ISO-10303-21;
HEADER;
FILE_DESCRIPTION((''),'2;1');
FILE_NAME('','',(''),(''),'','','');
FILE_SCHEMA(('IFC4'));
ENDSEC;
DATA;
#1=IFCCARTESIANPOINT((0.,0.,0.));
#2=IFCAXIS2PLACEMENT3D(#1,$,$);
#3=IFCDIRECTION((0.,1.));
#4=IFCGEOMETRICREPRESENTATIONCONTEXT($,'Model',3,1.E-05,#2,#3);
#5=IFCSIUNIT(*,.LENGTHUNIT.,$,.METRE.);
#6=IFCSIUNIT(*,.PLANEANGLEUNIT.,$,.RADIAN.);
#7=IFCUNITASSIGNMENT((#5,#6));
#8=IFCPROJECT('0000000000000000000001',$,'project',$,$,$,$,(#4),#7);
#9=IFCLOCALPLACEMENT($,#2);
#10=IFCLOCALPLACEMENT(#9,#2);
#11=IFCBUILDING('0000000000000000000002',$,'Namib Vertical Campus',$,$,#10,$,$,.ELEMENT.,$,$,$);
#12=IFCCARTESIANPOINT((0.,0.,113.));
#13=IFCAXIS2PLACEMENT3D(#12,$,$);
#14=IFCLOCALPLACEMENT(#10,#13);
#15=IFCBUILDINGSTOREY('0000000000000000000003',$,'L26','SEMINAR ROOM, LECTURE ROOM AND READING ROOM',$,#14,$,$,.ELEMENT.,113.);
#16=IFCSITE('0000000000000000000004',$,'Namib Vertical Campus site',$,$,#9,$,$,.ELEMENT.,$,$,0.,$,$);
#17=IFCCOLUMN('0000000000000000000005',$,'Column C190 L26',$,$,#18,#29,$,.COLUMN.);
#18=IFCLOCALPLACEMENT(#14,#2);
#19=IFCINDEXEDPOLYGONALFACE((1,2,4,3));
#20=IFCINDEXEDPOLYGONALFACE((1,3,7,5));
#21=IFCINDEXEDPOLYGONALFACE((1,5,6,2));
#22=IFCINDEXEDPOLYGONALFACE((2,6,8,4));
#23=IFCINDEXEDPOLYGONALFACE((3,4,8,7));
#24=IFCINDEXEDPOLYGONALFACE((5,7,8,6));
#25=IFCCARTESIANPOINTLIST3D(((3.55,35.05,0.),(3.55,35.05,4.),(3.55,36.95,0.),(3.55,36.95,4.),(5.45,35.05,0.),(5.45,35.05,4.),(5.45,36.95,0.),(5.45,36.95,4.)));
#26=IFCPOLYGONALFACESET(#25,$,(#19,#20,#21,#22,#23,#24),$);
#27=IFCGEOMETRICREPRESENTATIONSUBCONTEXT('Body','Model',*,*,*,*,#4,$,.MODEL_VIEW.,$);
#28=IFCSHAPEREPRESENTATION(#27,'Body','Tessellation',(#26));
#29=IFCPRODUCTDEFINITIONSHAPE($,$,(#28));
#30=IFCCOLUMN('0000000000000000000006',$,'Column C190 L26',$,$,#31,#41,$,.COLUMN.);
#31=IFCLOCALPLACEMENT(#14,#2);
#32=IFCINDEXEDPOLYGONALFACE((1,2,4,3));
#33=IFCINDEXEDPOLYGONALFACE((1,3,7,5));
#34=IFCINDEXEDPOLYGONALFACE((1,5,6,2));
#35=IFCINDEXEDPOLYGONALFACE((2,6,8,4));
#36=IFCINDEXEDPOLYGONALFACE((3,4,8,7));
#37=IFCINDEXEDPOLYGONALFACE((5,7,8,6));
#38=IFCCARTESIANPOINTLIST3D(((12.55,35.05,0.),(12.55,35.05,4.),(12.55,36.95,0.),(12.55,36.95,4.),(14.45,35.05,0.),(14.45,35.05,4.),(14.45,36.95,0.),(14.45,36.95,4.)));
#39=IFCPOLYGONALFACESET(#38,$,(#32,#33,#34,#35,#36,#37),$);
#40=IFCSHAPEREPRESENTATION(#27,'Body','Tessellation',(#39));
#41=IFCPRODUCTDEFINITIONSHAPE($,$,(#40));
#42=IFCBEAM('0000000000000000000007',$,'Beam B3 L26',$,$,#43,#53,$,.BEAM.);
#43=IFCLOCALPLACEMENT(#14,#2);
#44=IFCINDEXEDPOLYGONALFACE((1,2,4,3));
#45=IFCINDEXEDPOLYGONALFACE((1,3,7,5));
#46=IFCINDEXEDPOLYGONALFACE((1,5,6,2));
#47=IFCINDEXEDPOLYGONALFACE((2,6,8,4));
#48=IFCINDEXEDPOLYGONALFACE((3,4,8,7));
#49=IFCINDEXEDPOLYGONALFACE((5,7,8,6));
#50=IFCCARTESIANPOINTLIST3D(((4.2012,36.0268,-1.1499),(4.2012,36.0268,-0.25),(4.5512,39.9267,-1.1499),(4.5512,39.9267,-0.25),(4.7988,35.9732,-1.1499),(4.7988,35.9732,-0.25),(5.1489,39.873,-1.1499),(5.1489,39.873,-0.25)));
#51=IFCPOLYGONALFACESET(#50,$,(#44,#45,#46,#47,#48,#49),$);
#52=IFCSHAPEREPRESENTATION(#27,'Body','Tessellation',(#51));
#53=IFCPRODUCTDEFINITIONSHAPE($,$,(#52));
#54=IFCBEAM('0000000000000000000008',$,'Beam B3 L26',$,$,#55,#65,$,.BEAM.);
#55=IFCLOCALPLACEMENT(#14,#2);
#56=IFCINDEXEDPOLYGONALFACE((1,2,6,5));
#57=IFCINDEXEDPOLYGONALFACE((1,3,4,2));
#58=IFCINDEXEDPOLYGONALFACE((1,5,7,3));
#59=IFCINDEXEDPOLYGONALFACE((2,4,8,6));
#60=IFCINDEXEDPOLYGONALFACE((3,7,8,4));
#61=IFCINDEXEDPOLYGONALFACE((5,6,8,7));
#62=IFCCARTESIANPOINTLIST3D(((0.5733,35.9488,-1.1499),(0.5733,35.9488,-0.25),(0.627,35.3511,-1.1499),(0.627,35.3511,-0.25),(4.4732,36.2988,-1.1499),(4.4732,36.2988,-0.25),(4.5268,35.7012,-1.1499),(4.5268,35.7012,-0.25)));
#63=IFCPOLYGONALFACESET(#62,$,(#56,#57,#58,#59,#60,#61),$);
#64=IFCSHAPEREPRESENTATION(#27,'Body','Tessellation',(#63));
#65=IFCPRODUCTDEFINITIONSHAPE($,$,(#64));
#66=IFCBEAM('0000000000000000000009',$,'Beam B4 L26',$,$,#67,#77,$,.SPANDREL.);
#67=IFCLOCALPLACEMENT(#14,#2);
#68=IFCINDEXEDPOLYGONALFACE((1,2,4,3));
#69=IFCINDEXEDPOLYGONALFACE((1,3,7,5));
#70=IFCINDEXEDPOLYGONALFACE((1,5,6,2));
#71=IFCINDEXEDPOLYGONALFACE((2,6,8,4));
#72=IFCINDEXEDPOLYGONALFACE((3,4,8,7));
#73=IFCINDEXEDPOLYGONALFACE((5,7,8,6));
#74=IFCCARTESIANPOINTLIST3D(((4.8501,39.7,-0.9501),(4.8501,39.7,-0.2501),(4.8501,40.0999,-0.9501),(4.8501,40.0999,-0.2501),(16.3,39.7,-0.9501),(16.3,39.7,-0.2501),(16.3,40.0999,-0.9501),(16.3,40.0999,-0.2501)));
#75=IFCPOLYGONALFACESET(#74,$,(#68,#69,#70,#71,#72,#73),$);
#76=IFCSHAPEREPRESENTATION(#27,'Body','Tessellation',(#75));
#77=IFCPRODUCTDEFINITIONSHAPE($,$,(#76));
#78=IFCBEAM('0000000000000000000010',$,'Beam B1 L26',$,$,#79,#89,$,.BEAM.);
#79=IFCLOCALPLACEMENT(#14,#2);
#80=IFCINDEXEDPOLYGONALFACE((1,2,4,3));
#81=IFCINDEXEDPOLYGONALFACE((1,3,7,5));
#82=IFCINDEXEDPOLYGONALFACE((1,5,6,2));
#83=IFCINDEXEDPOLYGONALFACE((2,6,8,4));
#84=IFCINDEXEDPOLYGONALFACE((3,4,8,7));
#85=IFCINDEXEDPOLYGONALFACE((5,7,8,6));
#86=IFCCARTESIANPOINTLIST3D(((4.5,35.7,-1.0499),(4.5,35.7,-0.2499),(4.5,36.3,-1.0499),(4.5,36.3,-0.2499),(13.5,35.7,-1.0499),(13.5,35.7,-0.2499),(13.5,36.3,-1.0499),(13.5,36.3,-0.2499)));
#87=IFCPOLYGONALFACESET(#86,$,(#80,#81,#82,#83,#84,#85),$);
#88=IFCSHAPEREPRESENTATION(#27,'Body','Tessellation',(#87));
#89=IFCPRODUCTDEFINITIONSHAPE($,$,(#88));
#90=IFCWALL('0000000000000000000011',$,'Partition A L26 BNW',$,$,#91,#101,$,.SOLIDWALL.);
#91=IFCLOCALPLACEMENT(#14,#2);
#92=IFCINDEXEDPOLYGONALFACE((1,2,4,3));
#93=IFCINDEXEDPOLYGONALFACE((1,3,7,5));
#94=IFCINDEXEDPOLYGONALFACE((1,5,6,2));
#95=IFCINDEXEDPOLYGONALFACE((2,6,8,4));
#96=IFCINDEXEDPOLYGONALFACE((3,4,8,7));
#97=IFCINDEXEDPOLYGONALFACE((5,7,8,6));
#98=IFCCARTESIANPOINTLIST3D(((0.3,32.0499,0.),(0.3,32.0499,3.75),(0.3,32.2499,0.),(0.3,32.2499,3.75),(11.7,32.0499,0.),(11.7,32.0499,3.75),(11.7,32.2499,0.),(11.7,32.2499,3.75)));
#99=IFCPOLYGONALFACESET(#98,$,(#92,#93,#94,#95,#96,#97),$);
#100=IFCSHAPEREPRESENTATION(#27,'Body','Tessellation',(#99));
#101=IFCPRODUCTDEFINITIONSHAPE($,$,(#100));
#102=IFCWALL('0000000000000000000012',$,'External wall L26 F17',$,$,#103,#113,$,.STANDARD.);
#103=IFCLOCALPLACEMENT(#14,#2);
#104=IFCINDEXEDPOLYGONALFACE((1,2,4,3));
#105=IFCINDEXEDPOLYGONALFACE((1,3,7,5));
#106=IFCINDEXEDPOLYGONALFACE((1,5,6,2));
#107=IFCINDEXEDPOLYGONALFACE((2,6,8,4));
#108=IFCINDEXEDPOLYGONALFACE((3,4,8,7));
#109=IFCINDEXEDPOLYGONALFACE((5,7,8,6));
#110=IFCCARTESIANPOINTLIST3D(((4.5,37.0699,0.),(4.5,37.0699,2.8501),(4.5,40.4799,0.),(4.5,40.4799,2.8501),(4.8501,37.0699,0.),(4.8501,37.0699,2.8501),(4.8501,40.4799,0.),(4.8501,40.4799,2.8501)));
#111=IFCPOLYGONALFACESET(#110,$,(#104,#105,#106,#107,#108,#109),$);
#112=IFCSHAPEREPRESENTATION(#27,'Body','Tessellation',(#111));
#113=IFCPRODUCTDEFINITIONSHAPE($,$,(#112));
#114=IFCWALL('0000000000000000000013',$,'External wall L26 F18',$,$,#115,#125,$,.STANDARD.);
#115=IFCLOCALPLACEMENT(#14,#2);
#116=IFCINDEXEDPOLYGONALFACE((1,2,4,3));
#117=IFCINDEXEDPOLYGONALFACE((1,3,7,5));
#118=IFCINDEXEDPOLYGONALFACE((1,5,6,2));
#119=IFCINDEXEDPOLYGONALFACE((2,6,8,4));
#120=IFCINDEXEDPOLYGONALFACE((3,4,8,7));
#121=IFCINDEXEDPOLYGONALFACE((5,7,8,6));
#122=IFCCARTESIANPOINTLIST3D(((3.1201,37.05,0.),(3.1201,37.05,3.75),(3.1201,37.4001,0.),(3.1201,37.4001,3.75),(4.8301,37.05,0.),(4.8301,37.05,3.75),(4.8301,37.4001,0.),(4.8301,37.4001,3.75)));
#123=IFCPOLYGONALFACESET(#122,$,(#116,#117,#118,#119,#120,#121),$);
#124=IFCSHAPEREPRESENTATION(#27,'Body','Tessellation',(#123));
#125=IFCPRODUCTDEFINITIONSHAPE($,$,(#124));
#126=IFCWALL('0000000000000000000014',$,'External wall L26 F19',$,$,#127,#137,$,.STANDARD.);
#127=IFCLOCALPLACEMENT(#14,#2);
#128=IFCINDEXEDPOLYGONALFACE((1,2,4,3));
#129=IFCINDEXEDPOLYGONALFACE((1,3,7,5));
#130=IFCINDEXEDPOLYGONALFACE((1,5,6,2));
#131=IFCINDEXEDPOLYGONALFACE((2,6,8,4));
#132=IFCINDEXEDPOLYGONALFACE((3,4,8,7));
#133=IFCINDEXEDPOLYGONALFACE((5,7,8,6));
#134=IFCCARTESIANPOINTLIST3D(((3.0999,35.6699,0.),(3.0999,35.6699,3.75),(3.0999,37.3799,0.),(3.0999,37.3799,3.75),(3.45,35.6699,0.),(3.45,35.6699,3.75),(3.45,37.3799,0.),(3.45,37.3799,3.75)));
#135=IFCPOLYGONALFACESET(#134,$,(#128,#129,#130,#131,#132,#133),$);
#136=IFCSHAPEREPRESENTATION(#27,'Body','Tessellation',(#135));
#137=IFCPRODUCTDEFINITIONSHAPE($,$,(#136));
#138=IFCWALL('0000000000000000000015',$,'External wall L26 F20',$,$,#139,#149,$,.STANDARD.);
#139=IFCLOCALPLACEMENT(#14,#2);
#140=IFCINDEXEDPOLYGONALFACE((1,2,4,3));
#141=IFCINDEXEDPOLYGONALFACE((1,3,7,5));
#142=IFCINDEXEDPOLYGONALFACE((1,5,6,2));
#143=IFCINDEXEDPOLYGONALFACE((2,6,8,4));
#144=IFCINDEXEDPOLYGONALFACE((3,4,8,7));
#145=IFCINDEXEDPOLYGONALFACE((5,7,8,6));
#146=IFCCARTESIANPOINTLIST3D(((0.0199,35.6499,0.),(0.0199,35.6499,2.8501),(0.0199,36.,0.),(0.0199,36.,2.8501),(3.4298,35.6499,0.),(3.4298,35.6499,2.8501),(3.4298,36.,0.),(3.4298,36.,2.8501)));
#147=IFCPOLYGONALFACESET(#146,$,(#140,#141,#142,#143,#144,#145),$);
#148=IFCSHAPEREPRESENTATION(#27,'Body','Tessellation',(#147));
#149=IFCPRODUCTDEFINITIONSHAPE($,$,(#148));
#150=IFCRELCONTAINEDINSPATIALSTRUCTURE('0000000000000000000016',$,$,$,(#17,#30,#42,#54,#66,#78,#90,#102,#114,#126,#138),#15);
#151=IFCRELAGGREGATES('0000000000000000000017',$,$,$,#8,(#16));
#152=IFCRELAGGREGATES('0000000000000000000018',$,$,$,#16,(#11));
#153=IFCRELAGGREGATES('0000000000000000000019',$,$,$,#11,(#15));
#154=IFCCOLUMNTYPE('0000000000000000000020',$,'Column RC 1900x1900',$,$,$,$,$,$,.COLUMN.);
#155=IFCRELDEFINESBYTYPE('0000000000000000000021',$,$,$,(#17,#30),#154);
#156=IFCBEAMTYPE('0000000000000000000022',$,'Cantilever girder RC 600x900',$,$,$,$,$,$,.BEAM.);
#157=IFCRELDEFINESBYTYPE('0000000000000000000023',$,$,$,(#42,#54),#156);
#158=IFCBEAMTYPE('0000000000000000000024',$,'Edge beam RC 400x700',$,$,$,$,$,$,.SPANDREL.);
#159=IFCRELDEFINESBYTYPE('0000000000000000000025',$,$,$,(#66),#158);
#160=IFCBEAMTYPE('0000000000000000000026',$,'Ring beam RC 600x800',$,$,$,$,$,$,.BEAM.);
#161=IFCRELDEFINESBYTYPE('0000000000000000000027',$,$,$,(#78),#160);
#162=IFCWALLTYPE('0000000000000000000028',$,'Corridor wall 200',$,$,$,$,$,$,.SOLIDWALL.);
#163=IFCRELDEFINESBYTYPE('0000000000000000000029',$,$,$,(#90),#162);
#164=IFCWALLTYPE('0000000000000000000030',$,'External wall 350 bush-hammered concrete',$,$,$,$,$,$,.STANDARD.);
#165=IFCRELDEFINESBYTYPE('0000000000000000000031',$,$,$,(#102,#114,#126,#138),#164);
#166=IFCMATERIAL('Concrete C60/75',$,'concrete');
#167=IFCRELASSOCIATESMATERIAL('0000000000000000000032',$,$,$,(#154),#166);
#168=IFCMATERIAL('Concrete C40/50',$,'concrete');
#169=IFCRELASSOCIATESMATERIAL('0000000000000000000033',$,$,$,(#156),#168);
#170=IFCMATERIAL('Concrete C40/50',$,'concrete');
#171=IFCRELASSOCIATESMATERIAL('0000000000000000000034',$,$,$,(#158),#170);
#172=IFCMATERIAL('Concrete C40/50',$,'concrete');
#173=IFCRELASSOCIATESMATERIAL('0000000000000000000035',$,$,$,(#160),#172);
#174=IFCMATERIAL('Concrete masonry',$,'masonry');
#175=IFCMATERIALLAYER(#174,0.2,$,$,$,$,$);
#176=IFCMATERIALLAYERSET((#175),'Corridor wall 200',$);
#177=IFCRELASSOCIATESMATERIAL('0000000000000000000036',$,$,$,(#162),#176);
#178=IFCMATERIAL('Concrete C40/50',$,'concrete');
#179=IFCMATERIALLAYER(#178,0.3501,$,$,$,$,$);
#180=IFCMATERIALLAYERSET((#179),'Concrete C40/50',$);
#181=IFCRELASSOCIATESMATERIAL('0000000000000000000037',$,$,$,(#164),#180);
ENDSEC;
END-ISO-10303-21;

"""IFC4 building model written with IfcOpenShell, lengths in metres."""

from ifc_helpers import new_model, si_unit, direction, frame, frame_2d, origin, origin_2d, place, context, subcontext, project, spatial, rectangle, extrude, material, layer, layer_set, material_profile, profile_set, type_object, element, save


model = new_model("IFC4")

# Units and contexts
model_context = context("Model", 3, precision=1e-05, world=origin(), true_north=direction((0.0, 1.0)))
body_context = subcontext(model_context, "Body", "Model", "MODEL_VIEW")
ifc_project = project(units=[si_unit("LENGTHUNIT", "METRE"), si_unit("PLANEANGLEUNIT", "RADIAN")], contexts=[model_context])

# Site, building, storey
site_placement = place(None, origin())
site = spatial("IfcSite", under=ifc_project, at=site_placement, Name="Namib Vertical Campus site", CompositionType="ELEMENT", RefElevation=0.0)
building_placement = place(site_placement, origin())
building = spatial("IfcBuilding", under=site, at=building_placement, Name="Namib Vertical Campus", CompositionType="ELEMENT")
storey_placement = place(building_placement, frame((0.0, 0.0, 113.0)))
storey = spatial("IfcBuildingStorey", under=building, at=storey_placement, Name="L26", Description="SEMINAR ROOM, LECTURE ROOM AND READING ROOM", CompositionType="ELEMENT", Elevation=113.0)

# Columns
ifc_material_1 = material(Name="Concrete C60/75", Category="concrete")
ifc_material_profile_1 = material_profile(ifc_material_1, rectangle(XDim=1.8999, YDim=1.8999, at=origin_2d()))
ifc_profile_set_1 = profile_set([ifc_material_profile_1], Name="Concrete C60/75")
column_type = type_object("IfcColumnType", Name="Column RC 1900x1900", PredefinedType="COLUMN", material=ifc_profile_set_1)
for number, where, z_axis, x_axis, name in (
    (1, (4.5, 36.0, 0.0), (0.0, 0.0, 1.0), (1.0, 0.0, 0.0), "Column C190 L26"),
    (2, (13.5, 36.0, 0.0), (0.0, 0.0, 1.0), (1.0, 0.0, 0.0), "Column C190 L26"),
):
    element("IfcColumn", number, at=place(storey_placement, frame(where, z_axis=z_axis, x_axis=x_axis)), inside=storey, type_object=column_type, Name=name, PredefinedType="COLUMN", context=body_context, shape_type="SweptSolid", body=[
        extrude(rectangle(XDim=1.8999, YDim=1.8999, at=origin_2d()), origin(), (0.0, 0.0, 1.0), 4.0),
    ])

# Beams
ifc_material_2 = material(Name="Concrete C40/50", Category="concrete")
ifc_material_profile_2 = material_profile(ifc_material_2, rectangle(XDim=0.6001, YDim=0.8999, at=origin_2d()))
ifc_profile_set_2 = profile_set([ifc_material_profile_2], Name="Concrete C40/50")
beam_type_1 = type_object("IfcBeamType", Name="Cantilever girder RC 600x900", PredefinedType="BEAM", material=ifc_profile_set_2)
for number, where, z_axis, x_axis, name in (
    (3, (4.5, 36.0, -0.7), (0.089411, 0.995995, 0.0), (-0.995995, 0.089411, 0.0), "Beam B3 L26"),
    (4, (4.5, 36.0, -0.7), (-0.995995, -0.089411, 0.0), (0.089411, -0.995995, 0.0), "Beam B3 L26"),
):
    element("IfcBeam", number, at=place(storey_placement, frame(where, z_axis=z_axis, x_axis=x_axis)), inside=storey, type_object=beam_type_1, Name=name, PredefinedType="BEAM", context=body_context, shape_type="SweptSolid", body=[
        extrude(rectangle(XDim=0.6001, YDim=0.8999, at=origin_2d()), origin(), (0.0, 0.0, 1.0), 3.9155),
    ])
ifc_material_3 = material(Name="Concrete C40/50", Category="concrete")
ifc_material_profile_3 = material_profile(ifc_material_3, rectangle(XDim=0.3999, YDim=0.7, at=origin_2d()))
ifc_profile_set_3 = profile_set([ifc_material_profile_3], Name="Concrete C40/50")
beam_type_2 = type_object("IfcBeamType", Name="Edge beam RC 400x700", PredefinedType="SPANDREL", material=ifc_profile_set_3)
beam_1_placement = place(storey_placement, frame((4.8501, 39.8999, -0.6001), z_axis=(1.0, 0.0, 0.0), x_axis=(0.0, 1.0, 0.0)))
element("IfcBeam", 5, at=beam_1_placement, inside=storey, type_object=beam_type_2, Name="Beam B4 L26", PredefinedType="SPANDREL", context=body_context, shape_type="SweptSolid", body=[
    extrude(rectangle(XDim=0.3999, YDim=0.7, at=origin_2d()), origin(), (0.0, 0.0, 1.0), 11.45),
])
ifc_material_4 = material(Name="Concrete C40/50", Category="concrete")
ifc_material_profile_4 = material_profile(ifc_material_4, rectangle(XDim=0.6001, YDim=0.8, at=origin_2d()))
ifc_profile_set_4 = profile_set([ifc_material_profile_4], Name="Concrete C40/50")
beam_type_3 = type_object("IfcBeamType", Name="Ring beam RC 600x800", PredefinedType="BEAM", material=ifc_profile_set_4)
beam_2_placement = place(storey_placement, frame((4.5, 36.0, -0.6499), z_axis=(1.0, 0.0, 0.0), x_axis=(0.0, 1.0, 0.0)))
element("IfcBeam", 6, at=beam_2_placement, inside=storey, type_object=beam_type_3, Name="Beam B1 L26", PredefinedType="BEAM", context=body_context, shape_type="SweptSolid", body=[
    extrude(rectangle(XDim=0.6001, YDim=0.8, at=origin_2d()), origin(), (0.0, 0.0, 1.0), 9.0),
])

# Walls
ifc_material_5 = material(Name="Concrete masonry", Category="masonry")
ifc_layer_1 = layer(ifc_material_5, 0.2)
ifc_layer_set_1 = layer_set([ifc_layer_1], Name="Corridor wall 200")
wall_type_1 = type_object("IfcWallType", Name="Corridor wall 200", PredefinedType="SOLIDWALL", material=ifc_layer_set_1)
wall_1_placement = place(storey_placement, frame((0.3, 32.1499, 0.0), z_axis=(0.0, 0.0, 1.0), x_axis=(1.0, 0.0, 0.0)))
element("IfcWall", 7, at=wall_1_placement, inside=storey, type_object=wall_type_1, Name="Partition A L26 BNW", PredefinedType="SOLIDWALL", context=body_context, shape_type="SweptSolid", body=[
    extrude(rectangle(XDim=11.3999, YDim=0.2, at=frame_2d((5.7, 0.0))), origin(), (0.0, 0.0, 1.0), 3.75),
])
ifc_material_6 = material(Name="Concrete C40/50", Category="concrete")
ifc_layer_2 = layer(ifc_material_6, 0.3501)
ifc_layer_set_2 = layer_set([ifc_layer_2], Name="Concrete C40/50")
wall_type_2 = type_object("IfcWallType", Name="External wall 350 bush-hammered concrete", PredefinedType="STANDARD", material=ifc_layer_set_2)
wall_2_placement = place(storey_placement, frame((4.675, 40.48, 0.0), z_axis=(0.0, 0.0, 1.0), x_axis=(0.0, -1.0, 0.0)))
element("IfcWall", 8, at=wall_2_placement, inside=storey, type_object=wall_type_2, Name="External wall L26 F17", PredefinedType="STANDARD", context=body_context, shape_type="SweptSolid", body=[
    extrude(rectangle(XDim=3.4099, YDim=0.3501, at=frame_2d((1.7051, 0.0))), origin(), (0.0, 0.0, 1.0), 2.8501),
])
for number, where, z_axis, x_axis, name in (
    (9, (4.8301, 37.2251, 0.0), (0.0, 0.0, 1.0), (-1.0, 0.0, 0.0), "External wall L26 F18"),
    (10, (3.2749, 37.3799, 0.0), (0.0, 0.0, 1.0), (0.0, -1.0, 0.0), "External wall L26 F19"),
):
    element("IfcWall", number, at=place(storey_placement, frame(where, z_axis=z_axis, x_axis=x_axis)), inside=storey, type_object=wall_type_2, Name=name, PredefinedType="STANDARD", context=body_context, shape_type="SweptSolid", body=[
        extrude(rectangle(XDim=1.71, YDim=0.3501, at=frame_2d((0.855, 0.0))), origin(), (0.0, 0.0, 1.0), 3.75),
    ])
wall_3_placement = place(storey_placement, frame((3.4299, 35.825, 0.0), z_axis=(0.0, 0.0, 1.0), x_axis=(-1.0, 0.0, 0.0)))
element("IfcWall", 11, at=wall_3_placement, inside=storey, type_object=wall_type_2, Name="External wall L26 F20", PredefinedType="STANDARD", context=body_context, shape_type="SweptSolid", body=[
    extrude(rectangle(XDim=3.4099, YDim=0.3501, at=frame_2d((1.7051, 0.0))), origin(), (0.0, 0.0, 1.0), 2.8501),
])

save(model, "model.ifc")
